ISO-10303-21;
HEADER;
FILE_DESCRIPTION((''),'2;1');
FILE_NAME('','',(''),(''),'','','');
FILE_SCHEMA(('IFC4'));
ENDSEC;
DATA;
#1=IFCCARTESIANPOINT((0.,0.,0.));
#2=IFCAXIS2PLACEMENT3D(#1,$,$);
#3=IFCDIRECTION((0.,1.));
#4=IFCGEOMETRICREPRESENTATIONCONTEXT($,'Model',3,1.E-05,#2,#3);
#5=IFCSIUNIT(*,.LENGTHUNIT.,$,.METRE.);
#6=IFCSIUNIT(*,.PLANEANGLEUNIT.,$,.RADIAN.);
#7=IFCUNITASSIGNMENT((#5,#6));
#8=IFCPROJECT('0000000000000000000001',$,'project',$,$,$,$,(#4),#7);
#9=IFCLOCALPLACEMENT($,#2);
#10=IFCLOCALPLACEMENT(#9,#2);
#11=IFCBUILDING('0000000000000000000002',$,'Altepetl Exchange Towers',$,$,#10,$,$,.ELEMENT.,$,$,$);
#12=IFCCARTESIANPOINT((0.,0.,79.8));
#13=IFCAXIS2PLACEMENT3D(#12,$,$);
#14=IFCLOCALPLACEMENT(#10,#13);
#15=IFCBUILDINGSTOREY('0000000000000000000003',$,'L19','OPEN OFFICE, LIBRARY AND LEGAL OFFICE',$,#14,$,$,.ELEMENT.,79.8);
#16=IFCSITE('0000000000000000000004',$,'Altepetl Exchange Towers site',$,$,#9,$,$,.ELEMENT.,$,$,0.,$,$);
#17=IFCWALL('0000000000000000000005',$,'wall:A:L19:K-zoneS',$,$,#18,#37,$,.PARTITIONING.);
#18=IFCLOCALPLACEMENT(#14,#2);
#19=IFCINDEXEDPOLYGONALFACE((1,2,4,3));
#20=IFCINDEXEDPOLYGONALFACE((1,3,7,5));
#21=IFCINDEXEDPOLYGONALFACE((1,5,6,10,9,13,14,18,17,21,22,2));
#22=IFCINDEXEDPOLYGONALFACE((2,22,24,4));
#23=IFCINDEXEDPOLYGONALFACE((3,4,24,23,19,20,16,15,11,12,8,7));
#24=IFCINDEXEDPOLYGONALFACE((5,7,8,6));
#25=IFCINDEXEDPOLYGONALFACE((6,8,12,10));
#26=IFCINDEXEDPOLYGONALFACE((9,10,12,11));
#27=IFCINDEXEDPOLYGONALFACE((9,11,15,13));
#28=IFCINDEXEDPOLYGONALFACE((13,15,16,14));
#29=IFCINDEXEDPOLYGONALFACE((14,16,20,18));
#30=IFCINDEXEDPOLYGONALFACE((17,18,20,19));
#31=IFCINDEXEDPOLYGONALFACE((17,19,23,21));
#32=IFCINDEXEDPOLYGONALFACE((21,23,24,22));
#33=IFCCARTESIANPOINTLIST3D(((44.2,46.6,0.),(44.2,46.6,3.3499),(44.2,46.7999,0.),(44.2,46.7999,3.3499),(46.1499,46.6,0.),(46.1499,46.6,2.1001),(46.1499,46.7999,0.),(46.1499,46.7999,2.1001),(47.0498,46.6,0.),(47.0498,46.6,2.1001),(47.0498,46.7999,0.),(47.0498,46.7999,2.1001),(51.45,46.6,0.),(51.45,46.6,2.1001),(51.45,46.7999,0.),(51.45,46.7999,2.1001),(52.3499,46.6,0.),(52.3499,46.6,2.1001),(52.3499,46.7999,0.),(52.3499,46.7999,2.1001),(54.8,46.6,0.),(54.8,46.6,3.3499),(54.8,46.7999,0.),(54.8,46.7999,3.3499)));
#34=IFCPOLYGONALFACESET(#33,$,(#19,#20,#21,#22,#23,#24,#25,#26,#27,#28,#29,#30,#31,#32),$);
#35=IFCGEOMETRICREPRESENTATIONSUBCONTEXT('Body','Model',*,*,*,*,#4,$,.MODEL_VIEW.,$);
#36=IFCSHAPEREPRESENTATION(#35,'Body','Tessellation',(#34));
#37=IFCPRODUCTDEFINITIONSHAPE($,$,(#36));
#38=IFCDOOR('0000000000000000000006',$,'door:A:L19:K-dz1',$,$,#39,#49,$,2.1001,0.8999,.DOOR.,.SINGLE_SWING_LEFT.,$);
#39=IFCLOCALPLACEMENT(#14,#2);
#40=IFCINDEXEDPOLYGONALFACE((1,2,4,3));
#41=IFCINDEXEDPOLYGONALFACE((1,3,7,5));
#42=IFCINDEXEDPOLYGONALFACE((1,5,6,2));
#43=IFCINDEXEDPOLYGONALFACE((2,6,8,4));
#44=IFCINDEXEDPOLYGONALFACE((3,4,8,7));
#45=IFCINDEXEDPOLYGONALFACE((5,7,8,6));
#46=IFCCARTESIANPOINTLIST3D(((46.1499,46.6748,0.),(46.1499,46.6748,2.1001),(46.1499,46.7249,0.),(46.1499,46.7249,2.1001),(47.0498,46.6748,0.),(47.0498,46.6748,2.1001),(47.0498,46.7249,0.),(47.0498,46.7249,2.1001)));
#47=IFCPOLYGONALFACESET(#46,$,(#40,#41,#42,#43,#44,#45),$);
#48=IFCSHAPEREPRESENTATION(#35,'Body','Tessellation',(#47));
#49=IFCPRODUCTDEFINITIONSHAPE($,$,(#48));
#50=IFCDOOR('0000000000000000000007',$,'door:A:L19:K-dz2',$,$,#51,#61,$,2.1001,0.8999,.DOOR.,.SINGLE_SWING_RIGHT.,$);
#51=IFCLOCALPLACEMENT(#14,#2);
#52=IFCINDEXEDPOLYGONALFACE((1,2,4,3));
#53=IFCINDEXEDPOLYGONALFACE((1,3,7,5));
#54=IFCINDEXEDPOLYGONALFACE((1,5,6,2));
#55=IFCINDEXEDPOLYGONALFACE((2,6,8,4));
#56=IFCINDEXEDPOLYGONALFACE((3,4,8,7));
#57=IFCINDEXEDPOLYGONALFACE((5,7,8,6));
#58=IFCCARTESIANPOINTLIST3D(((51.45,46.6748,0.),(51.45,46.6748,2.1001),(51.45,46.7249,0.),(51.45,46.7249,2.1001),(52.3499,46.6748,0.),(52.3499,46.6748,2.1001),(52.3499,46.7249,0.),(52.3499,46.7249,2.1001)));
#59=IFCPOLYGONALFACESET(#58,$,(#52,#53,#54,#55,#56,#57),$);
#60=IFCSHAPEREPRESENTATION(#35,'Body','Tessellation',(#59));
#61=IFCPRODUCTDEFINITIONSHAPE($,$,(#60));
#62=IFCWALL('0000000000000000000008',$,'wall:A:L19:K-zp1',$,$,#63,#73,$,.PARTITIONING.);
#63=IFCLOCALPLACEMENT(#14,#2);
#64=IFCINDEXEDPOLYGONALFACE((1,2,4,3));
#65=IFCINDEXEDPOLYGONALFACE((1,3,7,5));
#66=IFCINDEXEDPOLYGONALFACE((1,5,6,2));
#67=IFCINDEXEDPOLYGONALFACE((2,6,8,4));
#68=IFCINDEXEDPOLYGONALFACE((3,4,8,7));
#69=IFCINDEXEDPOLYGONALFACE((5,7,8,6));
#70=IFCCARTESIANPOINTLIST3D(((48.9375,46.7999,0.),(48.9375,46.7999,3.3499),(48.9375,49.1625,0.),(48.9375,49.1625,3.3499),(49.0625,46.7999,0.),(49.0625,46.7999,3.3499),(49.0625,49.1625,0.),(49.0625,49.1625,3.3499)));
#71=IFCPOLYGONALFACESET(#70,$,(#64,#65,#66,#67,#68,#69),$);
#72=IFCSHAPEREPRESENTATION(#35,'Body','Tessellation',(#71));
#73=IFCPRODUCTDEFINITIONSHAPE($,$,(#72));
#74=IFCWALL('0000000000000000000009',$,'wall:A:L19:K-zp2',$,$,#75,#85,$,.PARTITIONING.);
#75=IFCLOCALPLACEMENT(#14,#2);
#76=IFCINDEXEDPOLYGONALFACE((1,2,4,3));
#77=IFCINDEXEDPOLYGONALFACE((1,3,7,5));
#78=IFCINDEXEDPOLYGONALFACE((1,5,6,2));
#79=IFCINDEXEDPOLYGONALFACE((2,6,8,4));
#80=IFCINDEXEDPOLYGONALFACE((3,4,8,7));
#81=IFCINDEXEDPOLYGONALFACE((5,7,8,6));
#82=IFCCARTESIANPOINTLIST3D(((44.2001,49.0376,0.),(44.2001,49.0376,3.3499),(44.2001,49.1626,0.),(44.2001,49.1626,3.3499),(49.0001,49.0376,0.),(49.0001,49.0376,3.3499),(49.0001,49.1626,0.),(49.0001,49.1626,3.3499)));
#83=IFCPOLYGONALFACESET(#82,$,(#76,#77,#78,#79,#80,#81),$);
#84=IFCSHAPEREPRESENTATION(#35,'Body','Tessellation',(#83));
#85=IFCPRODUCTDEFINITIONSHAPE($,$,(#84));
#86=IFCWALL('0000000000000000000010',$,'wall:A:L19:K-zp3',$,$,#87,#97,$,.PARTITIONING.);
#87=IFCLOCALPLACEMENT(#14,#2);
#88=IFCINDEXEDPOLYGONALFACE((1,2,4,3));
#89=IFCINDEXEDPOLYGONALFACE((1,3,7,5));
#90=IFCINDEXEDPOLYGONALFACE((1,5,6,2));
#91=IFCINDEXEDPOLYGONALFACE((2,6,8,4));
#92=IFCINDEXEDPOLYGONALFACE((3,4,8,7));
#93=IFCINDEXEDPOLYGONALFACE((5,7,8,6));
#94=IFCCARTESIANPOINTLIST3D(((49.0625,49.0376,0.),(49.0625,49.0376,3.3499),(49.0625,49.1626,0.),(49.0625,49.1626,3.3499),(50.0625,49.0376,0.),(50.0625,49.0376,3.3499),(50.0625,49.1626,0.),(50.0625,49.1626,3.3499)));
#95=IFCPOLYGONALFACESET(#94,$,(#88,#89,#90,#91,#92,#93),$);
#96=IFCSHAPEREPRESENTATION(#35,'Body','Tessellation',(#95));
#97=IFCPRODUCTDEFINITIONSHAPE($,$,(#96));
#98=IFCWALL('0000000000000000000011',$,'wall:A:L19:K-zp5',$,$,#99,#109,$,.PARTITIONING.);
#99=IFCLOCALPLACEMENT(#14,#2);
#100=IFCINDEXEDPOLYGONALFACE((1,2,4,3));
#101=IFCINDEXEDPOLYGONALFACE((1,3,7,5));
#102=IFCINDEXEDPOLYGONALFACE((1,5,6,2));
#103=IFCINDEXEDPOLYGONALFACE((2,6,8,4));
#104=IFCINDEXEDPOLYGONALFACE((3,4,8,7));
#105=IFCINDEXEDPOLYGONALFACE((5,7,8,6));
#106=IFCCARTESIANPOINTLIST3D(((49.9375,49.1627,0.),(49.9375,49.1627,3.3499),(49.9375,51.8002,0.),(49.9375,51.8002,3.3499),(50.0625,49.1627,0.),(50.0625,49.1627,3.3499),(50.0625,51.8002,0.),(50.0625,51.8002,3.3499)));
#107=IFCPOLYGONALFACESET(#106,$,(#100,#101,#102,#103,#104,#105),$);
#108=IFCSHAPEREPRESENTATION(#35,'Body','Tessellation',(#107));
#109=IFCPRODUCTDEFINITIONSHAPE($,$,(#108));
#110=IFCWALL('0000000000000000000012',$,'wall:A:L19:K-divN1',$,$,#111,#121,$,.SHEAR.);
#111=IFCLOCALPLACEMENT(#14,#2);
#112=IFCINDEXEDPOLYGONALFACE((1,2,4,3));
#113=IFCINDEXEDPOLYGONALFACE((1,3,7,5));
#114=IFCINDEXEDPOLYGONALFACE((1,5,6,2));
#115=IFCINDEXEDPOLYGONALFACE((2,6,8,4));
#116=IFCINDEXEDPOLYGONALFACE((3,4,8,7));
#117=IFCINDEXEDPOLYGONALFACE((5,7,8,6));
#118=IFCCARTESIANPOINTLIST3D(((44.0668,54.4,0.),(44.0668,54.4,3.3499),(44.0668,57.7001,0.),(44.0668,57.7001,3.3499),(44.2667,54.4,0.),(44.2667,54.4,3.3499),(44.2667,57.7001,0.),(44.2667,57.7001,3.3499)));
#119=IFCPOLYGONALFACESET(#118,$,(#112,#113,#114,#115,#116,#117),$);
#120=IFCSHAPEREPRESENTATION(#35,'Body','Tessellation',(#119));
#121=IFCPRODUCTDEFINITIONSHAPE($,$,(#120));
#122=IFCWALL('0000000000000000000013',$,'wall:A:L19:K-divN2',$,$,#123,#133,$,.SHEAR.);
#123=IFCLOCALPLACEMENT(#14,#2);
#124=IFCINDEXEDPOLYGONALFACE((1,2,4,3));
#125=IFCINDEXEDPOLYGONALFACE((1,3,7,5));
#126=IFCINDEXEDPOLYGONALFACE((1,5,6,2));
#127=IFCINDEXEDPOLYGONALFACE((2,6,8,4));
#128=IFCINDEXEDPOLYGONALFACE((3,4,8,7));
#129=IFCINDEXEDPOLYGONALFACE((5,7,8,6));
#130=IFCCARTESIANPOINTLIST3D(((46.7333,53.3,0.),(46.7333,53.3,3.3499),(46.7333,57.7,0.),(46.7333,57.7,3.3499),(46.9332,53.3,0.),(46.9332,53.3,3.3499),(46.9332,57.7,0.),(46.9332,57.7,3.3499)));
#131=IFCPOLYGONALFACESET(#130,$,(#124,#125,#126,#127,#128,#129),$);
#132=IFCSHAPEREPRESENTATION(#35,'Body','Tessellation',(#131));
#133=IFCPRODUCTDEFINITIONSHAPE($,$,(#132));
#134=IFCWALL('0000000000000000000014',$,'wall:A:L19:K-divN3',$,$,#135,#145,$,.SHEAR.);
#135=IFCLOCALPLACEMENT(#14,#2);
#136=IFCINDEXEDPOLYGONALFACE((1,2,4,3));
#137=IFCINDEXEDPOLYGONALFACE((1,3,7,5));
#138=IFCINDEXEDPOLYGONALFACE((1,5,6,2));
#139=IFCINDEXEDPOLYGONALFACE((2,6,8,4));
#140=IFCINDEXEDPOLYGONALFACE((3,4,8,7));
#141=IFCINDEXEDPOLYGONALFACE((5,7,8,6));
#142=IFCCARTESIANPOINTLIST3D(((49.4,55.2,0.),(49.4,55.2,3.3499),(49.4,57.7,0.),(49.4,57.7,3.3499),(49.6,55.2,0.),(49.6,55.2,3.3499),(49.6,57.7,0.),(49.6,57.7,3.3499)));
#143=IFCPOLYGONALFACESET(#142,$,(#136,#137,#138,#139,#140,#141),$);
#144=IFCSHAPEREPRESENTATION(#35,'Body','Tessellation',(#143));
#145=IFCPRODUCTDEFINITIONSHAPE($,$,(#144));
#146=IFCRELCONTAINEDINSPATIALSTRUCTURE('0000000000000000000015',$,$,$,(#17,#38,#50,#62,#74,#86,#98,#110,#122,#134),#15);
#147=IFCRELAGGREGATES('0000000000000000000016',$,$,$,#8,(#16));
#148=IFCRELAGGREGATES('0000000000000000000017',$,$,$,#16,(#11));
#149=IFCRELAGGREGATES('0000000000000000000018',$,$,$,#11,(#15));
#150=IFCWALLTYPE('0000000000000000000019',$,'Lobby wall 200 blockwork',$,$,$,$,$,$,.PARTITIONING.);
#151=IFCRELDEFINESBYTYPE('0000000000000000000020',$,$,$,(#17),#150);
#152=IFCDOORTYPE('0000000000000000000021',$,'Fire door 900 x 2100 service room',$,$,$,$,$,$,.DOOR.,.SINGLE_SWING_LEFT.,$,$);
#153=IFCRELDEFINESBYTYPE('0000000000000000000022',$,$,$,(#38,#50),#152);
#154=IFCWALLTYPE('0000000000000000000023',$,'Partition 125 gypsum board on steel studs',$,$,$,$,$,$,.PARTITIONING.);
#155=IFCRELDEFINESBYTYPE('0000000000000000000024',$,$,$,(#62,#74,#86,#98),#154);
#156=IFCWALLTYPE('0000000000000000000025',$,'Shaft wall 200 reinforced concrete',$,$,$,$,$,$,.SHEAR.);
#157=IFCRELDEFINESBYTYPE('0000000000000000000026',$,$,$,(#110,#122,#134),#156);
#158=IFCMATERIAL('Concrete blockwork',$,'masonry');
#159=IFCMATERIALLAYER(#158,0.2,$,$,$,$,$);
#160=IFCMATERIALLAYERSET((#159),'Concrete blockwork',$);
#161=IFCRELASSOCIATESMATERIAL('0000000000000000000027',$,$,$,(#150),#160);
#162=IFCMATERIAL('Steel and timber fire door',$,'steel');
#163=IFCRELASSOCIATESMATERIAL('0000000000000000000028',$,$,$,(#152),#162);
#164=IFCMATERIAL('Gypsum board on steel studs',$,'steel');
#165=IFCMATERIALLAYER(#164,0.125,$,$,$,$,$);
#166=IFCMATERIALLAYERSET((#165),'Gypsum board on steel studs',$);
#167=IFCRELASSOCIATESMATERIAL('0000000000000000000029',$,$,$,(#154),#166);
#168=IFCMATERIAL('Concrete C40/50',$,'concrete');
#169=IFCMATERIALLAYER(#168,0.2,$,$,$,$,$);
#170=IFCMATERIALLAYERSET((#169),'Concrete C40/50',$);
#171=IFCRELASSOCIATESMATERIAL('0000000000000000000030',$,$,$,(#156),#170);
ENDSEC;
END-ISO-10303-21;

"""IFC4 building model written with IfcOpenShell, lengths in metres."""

from ifc_helpers import new_model, si_unit, direction, frame, frame_2d, origin, place, context, subcontext, project, spatial, rectangle, extrude, material, layer, layer_set, type_object, element, fill, save


model = new_model("IFC4")

# Units and contexts
model_context = context("Model", 3, precision=1e-05, world=origin(), true_north=direction((0.0, 1.0)))
body_context = subcontext(model_context, "Body", "Model", "MODEL_VIEW")
ifc_project = project(units=[si_unit("LENGTHUNIT", "METRE"), si_unit("PLANEANGLEUNIT", "RADIAN")], contexts=[model_context])

# Site, building, storey
site_placement = place(None, origin())
site = spatial("IfcSite", under=ifc_project, at=site_placement, Name="Altepetl Exchange Towers site", CompositionType="ELEMENT", RefElevation=0.0)
building_placement = place(site_placement, origin())
building = spatial("IfcBuilding", under=site, at=building_placement, Name="Altepetl Exchange Towers", CompositionType="ELEMENT")
storey_placement = place(building_placement, frame((0.0, 0.0, 79.8)))
storey = spatial("IfcBuildingStorey", under=building, at=storey_placement, Name="L19", Description="OPEN OFFICE, LIBRARY AND LEGAL OFFICE", CompositionType="ELEMENT", Elevation=79.8)

# Shared definitions
ifc_material_1 = material(Name="Concrete blockwork", Category="masonry")
ifc_layer_1 = layer(ifc_material_1, 0.2)
ifc_layer_set_1 = layer_set([ifc_layer_1], Name="Concrete blockwork")
wall_type_1 = type_object("IfcWallType", Name="Lobby wall 200 blockwork", PredefinedType="PARTITIONING", material=ifc_layer_set_1)

# Shared definitions
ifc_material_2 = material(Name="Steel and timber fire door", Category="steel")

# Wall, openings, doors
door_type_1 = type_object("IfcDoorType", Name="Fire door 900 x 2100 service room", OperationType="SINGLE_SWING_LEFT", PredefinedType="DOOR", material=ifc_material_2)
wall_1_placement = place(storey_placement, frame((44.2, 46.7, 0.0)))
wall_1 = element("IfcWall", 1, at=wall_1_placement, inside=storey, type_object=wall_type_1, Name="wall:A:L19:K-zoneS", PredefinedType="PARTITIONING", context=body_context, shape_type="SweptSolid", body=[
    extrude(rectangle(XDim=10.6001, YDim=0.2, at=frame_2d((5.3, 0.0))), origin(), (0.0, 0.0, 1.0), 3.3499),
])
opening_1_placement = place(wall_1_placement, frame((1.95, 0.0, 0.0)))
opening_1 = element("IfcOpeningElement", 2, at=opening_1_placement, cuts=wall_1, PredefinedType="OPENING", context=body_context, shape_type="SweptSolid", body=[
    extrude(rectangle(XDim=0.8999, YDim=2.1001, at=frame_2d((0.45, 1.05))), frame((0.0, 0.1099, 0.0), z_axis=(0.0, -1.0, 0.0), x_axis=(1.0, 0.0, 0.0)), (0.0, 0.0, 1.0), 0.22),
])
opening_2_placement = place(wall_1_placement, frame((7.25, 0.0, 0.0)))
opening_2 = element("IfcOpeningElement", 3, at=opening_2_placement, cuts=wall_1, PredefinedType="OPENING", context=body_context, shape_type="SweptSolid", body=[
    extrude(rectangle(XDim=0.8999, YDim=2.1001, at=frame_2d((0.45, 1.05))), frame((0.0, 0.1099, 0.0), z_axis=(0.0, -1.0, 0.0), x_axis=(1.0, 0.0, 0.0)), (0.0, 0.0, 1.0), 0.22),
])
door_1_placement = place(opening_1_placement, origin())
door_1 = element("IfcDoor", 4, at=door_1_placement, inside=storey, type_object=door_type_1, Name="door:A:L19:K-dz1", OperationType="SINGLE_SWING_LEFT", OverallHeight=2.1001, OverallWidth=0.8999, PredefinedType="DOOR", context=body_context, shape_type="SweptSolid", body=[
    extrude(rectangle(XDim=0.8999, YDim=2.1001, at=frame_2d((0.45, 1.05))), frame((0.0, 0.0249, 0.0), z_axis=(0.0, -1.0, 0.0), x_axis=(1.0, 0.0, 0.0)), (0.0, 0.0, 1.0), 0.05),
])
fill(opening_1, door_1)
door_2_placement = place(opening_2_placement, origin())
door_2 = element("IfcDoor", 5, at=door_2_placement, inside=storey, type_object=door_type_1, Name="door:A:L19:K-dz2", OperationType="SINGLE_SWING_RIGHT", OverallHeight=2.1001, OverallWidth=0.8999, PredefinedType="DOOR", context=body_context, shape_type="SweptSolid", body=[
    extrude(rectangle(XDim=0.8999, YDim=2.1001, at=frame_2d((0.45, 1.05))), frame((0.0, 0.0249, 0.0), z_axis=(0.0, -1.0, 0.0), x_axis=(1.0, 0.0, 0.0)), (0.0, 0.0, 1.0), 0.05),
])
fill(opening_2, door_2)

# Walls
ifc_material_3 = material(Name="Gypsum board on steel studs", Category="steel")
ifc_layer_2 = layer(ifc_material_3, 0.125)
ifc_layer_set_2 = layer_set([ifc_layer_2], Name="Gypsum board on steel studs")
wall_type_2 = type_object("IfcWallType", Name="Partition 125 gypsum board on steel studs", PredefinedType="PARTITIONING", material=ifc_layer_set_2)
wall_2_placement = place(storey_placement, frame((49.0, 46.8, 0.0), z_axis=(0.0, 0.0, 1.0), x_axis=(0.0, 1.0, 0.0)))
element("IfcWall", 6, at=wall_2_placement, inside=storey, type_object=wall_type_2, Name="wall:A:L19:K-zp1", PredefinedType="PARTITIONING", context=body_context, shape_type="SweptSolid", body=[
    extrude(rectangle(XDim=2.3625, YDim=0.125, at=frame_2d((1.1812, 0.0))), origin(), (0.0, 0.0, 1.0), 3.3499),
])
wall_3_placement = place(storey_placement, frame((49.0, 49.1001, 0.0), z_axis=(0.0, 0.0, 1.0), x_axis=(-1.0, 0.0, 0.0)))
element("IfcWall", 7, at=wall_3_placement, inside=storey, type_object=wall_type_2, Name="wall:A:L19:K-zp2", PredefinedType="PARTITIONING", context=body_context, shape_type="SweptSolid", body=[
    extrude(rectangle(XDim=4.8, YDim=0.125, at=frame_2d((2.3999, 0.0))), origin(), (0.0, 0.0, 1.0), 3.3499),
])
wall_4_placement = place(storey_placement, frame((50.0625, 49.1001, 0.0), z_axis=(0.0, 0.0, 1.0), x_axis=(-1.0, 0.0, 0.0)))
element("IfcWall", 8, at=wall_4_placement, inside=storey, type_object=wall_type_2, Name="wall:A:L19:K-zp3", PredefinedType="PARTITIONING", context=body_context, shape_type="SweptSolid", body=[
    extrude(rectangle(XDim=1.0, YDim=0.125, at=frame_2d((0.5, 0.0))), origin(), (0.0, 0.0, 1.0), 3.3499),
])
wall_5_placement = place(storey_placement, frame((50.0, 49.1626, 0.0), z_axis=(0.0, 0.0, 1.0), x_axis=(0.0, 1.0, 0.0)))
element("IfcWall", 9, at=wall_5_placement, inside=storey, type_object=wall_type_2, Name="wall:A:L19:K-zp5", PredefinedType="PARTITIONING", context=body_context, shape_type="SweptSolid", body=[
    extrude(rectangle(XDim=2.6375, YDim=0.125, at=frame_2d((1.3188, 0.0))), origin(), (0.0, 0.0, 1.0), 3.3499),
])
ifc_material_4 = material(Name="Concrete C40/50", Category="concrete")
ifc_layer_3 = layer(ifc_material_4, 0.2)
ifc_layer_set_3 = layer_set([ifc_layer_3], Name="Concrete C40/50")
wall_type_3 = type_object("IfcWallType", Name="Shaft wall 200 reinforced concrete", PredefinedType="SHEAR", material=ifc_layer_set_3)
wall_6_placement = place(storey_placement, frame((44.1667, 57.7, 0.0), z_axis=(0.0, 0.0, 1.0), x_axis=(0.0, -1.0, 0.0)))
element("IfcWall", 10, at=wall_6_placement, inside=storey, type_object=wall_type_3, Name="wall:A:L19:K-divN1", PredefinedType="SHEAR", context=body_context, shape_type="SweptSolid", body=[
    extrude(rectangle(XDim=3.3, YDim=0.2, at=frame_2d((1.6499, 0.0))), origin(), (0.0, 0.0, 1.0), 3.3499),
])
wall_7_placement = place(storey_placement, frame((46.8333, 57.7, 0.0), z_axis=(0.0, 0.0, 1.0), x_axis=(0.0, -1.0, 0.0)))
element("IfcWall", 11, at=wall_7_placement, inside=storey, type_object=wall_type_3, Name="wall:A:L19:K-divN2", PredefinedType="SHEAR", context=body_context, shape_type="SweptSolid", body=[
    extrude(rectangle(XDim=4.3999, YDim=0.2, at=frame_2d((2.2, 0.0))), origin(), (0.0, 0.0, 1.0), 3.3499),
])
wall_8_placement = place(storey_placement, frame((49.5, 57.7, 0.0), z_axis=(0.0, 0.0, 1.0), x_axis=(0.0, -1.0, 0.0)))
element("IfcWall", 12, at=wall_8_placement, inside=storey, type_object=wall_type_3, Name="wall:A:L19:K-divN3", PredefinedType="SHEAR", context=body_context, shape_type="SweptSolid", body=[
    extrude(rectangle(XDim=2.5, YDim=0.2, at=frame_2d((1.25, 0.0))), origin(), (0.0, 0.0, 1.0), 3.3499),
])

save(model, "model.ifc")
